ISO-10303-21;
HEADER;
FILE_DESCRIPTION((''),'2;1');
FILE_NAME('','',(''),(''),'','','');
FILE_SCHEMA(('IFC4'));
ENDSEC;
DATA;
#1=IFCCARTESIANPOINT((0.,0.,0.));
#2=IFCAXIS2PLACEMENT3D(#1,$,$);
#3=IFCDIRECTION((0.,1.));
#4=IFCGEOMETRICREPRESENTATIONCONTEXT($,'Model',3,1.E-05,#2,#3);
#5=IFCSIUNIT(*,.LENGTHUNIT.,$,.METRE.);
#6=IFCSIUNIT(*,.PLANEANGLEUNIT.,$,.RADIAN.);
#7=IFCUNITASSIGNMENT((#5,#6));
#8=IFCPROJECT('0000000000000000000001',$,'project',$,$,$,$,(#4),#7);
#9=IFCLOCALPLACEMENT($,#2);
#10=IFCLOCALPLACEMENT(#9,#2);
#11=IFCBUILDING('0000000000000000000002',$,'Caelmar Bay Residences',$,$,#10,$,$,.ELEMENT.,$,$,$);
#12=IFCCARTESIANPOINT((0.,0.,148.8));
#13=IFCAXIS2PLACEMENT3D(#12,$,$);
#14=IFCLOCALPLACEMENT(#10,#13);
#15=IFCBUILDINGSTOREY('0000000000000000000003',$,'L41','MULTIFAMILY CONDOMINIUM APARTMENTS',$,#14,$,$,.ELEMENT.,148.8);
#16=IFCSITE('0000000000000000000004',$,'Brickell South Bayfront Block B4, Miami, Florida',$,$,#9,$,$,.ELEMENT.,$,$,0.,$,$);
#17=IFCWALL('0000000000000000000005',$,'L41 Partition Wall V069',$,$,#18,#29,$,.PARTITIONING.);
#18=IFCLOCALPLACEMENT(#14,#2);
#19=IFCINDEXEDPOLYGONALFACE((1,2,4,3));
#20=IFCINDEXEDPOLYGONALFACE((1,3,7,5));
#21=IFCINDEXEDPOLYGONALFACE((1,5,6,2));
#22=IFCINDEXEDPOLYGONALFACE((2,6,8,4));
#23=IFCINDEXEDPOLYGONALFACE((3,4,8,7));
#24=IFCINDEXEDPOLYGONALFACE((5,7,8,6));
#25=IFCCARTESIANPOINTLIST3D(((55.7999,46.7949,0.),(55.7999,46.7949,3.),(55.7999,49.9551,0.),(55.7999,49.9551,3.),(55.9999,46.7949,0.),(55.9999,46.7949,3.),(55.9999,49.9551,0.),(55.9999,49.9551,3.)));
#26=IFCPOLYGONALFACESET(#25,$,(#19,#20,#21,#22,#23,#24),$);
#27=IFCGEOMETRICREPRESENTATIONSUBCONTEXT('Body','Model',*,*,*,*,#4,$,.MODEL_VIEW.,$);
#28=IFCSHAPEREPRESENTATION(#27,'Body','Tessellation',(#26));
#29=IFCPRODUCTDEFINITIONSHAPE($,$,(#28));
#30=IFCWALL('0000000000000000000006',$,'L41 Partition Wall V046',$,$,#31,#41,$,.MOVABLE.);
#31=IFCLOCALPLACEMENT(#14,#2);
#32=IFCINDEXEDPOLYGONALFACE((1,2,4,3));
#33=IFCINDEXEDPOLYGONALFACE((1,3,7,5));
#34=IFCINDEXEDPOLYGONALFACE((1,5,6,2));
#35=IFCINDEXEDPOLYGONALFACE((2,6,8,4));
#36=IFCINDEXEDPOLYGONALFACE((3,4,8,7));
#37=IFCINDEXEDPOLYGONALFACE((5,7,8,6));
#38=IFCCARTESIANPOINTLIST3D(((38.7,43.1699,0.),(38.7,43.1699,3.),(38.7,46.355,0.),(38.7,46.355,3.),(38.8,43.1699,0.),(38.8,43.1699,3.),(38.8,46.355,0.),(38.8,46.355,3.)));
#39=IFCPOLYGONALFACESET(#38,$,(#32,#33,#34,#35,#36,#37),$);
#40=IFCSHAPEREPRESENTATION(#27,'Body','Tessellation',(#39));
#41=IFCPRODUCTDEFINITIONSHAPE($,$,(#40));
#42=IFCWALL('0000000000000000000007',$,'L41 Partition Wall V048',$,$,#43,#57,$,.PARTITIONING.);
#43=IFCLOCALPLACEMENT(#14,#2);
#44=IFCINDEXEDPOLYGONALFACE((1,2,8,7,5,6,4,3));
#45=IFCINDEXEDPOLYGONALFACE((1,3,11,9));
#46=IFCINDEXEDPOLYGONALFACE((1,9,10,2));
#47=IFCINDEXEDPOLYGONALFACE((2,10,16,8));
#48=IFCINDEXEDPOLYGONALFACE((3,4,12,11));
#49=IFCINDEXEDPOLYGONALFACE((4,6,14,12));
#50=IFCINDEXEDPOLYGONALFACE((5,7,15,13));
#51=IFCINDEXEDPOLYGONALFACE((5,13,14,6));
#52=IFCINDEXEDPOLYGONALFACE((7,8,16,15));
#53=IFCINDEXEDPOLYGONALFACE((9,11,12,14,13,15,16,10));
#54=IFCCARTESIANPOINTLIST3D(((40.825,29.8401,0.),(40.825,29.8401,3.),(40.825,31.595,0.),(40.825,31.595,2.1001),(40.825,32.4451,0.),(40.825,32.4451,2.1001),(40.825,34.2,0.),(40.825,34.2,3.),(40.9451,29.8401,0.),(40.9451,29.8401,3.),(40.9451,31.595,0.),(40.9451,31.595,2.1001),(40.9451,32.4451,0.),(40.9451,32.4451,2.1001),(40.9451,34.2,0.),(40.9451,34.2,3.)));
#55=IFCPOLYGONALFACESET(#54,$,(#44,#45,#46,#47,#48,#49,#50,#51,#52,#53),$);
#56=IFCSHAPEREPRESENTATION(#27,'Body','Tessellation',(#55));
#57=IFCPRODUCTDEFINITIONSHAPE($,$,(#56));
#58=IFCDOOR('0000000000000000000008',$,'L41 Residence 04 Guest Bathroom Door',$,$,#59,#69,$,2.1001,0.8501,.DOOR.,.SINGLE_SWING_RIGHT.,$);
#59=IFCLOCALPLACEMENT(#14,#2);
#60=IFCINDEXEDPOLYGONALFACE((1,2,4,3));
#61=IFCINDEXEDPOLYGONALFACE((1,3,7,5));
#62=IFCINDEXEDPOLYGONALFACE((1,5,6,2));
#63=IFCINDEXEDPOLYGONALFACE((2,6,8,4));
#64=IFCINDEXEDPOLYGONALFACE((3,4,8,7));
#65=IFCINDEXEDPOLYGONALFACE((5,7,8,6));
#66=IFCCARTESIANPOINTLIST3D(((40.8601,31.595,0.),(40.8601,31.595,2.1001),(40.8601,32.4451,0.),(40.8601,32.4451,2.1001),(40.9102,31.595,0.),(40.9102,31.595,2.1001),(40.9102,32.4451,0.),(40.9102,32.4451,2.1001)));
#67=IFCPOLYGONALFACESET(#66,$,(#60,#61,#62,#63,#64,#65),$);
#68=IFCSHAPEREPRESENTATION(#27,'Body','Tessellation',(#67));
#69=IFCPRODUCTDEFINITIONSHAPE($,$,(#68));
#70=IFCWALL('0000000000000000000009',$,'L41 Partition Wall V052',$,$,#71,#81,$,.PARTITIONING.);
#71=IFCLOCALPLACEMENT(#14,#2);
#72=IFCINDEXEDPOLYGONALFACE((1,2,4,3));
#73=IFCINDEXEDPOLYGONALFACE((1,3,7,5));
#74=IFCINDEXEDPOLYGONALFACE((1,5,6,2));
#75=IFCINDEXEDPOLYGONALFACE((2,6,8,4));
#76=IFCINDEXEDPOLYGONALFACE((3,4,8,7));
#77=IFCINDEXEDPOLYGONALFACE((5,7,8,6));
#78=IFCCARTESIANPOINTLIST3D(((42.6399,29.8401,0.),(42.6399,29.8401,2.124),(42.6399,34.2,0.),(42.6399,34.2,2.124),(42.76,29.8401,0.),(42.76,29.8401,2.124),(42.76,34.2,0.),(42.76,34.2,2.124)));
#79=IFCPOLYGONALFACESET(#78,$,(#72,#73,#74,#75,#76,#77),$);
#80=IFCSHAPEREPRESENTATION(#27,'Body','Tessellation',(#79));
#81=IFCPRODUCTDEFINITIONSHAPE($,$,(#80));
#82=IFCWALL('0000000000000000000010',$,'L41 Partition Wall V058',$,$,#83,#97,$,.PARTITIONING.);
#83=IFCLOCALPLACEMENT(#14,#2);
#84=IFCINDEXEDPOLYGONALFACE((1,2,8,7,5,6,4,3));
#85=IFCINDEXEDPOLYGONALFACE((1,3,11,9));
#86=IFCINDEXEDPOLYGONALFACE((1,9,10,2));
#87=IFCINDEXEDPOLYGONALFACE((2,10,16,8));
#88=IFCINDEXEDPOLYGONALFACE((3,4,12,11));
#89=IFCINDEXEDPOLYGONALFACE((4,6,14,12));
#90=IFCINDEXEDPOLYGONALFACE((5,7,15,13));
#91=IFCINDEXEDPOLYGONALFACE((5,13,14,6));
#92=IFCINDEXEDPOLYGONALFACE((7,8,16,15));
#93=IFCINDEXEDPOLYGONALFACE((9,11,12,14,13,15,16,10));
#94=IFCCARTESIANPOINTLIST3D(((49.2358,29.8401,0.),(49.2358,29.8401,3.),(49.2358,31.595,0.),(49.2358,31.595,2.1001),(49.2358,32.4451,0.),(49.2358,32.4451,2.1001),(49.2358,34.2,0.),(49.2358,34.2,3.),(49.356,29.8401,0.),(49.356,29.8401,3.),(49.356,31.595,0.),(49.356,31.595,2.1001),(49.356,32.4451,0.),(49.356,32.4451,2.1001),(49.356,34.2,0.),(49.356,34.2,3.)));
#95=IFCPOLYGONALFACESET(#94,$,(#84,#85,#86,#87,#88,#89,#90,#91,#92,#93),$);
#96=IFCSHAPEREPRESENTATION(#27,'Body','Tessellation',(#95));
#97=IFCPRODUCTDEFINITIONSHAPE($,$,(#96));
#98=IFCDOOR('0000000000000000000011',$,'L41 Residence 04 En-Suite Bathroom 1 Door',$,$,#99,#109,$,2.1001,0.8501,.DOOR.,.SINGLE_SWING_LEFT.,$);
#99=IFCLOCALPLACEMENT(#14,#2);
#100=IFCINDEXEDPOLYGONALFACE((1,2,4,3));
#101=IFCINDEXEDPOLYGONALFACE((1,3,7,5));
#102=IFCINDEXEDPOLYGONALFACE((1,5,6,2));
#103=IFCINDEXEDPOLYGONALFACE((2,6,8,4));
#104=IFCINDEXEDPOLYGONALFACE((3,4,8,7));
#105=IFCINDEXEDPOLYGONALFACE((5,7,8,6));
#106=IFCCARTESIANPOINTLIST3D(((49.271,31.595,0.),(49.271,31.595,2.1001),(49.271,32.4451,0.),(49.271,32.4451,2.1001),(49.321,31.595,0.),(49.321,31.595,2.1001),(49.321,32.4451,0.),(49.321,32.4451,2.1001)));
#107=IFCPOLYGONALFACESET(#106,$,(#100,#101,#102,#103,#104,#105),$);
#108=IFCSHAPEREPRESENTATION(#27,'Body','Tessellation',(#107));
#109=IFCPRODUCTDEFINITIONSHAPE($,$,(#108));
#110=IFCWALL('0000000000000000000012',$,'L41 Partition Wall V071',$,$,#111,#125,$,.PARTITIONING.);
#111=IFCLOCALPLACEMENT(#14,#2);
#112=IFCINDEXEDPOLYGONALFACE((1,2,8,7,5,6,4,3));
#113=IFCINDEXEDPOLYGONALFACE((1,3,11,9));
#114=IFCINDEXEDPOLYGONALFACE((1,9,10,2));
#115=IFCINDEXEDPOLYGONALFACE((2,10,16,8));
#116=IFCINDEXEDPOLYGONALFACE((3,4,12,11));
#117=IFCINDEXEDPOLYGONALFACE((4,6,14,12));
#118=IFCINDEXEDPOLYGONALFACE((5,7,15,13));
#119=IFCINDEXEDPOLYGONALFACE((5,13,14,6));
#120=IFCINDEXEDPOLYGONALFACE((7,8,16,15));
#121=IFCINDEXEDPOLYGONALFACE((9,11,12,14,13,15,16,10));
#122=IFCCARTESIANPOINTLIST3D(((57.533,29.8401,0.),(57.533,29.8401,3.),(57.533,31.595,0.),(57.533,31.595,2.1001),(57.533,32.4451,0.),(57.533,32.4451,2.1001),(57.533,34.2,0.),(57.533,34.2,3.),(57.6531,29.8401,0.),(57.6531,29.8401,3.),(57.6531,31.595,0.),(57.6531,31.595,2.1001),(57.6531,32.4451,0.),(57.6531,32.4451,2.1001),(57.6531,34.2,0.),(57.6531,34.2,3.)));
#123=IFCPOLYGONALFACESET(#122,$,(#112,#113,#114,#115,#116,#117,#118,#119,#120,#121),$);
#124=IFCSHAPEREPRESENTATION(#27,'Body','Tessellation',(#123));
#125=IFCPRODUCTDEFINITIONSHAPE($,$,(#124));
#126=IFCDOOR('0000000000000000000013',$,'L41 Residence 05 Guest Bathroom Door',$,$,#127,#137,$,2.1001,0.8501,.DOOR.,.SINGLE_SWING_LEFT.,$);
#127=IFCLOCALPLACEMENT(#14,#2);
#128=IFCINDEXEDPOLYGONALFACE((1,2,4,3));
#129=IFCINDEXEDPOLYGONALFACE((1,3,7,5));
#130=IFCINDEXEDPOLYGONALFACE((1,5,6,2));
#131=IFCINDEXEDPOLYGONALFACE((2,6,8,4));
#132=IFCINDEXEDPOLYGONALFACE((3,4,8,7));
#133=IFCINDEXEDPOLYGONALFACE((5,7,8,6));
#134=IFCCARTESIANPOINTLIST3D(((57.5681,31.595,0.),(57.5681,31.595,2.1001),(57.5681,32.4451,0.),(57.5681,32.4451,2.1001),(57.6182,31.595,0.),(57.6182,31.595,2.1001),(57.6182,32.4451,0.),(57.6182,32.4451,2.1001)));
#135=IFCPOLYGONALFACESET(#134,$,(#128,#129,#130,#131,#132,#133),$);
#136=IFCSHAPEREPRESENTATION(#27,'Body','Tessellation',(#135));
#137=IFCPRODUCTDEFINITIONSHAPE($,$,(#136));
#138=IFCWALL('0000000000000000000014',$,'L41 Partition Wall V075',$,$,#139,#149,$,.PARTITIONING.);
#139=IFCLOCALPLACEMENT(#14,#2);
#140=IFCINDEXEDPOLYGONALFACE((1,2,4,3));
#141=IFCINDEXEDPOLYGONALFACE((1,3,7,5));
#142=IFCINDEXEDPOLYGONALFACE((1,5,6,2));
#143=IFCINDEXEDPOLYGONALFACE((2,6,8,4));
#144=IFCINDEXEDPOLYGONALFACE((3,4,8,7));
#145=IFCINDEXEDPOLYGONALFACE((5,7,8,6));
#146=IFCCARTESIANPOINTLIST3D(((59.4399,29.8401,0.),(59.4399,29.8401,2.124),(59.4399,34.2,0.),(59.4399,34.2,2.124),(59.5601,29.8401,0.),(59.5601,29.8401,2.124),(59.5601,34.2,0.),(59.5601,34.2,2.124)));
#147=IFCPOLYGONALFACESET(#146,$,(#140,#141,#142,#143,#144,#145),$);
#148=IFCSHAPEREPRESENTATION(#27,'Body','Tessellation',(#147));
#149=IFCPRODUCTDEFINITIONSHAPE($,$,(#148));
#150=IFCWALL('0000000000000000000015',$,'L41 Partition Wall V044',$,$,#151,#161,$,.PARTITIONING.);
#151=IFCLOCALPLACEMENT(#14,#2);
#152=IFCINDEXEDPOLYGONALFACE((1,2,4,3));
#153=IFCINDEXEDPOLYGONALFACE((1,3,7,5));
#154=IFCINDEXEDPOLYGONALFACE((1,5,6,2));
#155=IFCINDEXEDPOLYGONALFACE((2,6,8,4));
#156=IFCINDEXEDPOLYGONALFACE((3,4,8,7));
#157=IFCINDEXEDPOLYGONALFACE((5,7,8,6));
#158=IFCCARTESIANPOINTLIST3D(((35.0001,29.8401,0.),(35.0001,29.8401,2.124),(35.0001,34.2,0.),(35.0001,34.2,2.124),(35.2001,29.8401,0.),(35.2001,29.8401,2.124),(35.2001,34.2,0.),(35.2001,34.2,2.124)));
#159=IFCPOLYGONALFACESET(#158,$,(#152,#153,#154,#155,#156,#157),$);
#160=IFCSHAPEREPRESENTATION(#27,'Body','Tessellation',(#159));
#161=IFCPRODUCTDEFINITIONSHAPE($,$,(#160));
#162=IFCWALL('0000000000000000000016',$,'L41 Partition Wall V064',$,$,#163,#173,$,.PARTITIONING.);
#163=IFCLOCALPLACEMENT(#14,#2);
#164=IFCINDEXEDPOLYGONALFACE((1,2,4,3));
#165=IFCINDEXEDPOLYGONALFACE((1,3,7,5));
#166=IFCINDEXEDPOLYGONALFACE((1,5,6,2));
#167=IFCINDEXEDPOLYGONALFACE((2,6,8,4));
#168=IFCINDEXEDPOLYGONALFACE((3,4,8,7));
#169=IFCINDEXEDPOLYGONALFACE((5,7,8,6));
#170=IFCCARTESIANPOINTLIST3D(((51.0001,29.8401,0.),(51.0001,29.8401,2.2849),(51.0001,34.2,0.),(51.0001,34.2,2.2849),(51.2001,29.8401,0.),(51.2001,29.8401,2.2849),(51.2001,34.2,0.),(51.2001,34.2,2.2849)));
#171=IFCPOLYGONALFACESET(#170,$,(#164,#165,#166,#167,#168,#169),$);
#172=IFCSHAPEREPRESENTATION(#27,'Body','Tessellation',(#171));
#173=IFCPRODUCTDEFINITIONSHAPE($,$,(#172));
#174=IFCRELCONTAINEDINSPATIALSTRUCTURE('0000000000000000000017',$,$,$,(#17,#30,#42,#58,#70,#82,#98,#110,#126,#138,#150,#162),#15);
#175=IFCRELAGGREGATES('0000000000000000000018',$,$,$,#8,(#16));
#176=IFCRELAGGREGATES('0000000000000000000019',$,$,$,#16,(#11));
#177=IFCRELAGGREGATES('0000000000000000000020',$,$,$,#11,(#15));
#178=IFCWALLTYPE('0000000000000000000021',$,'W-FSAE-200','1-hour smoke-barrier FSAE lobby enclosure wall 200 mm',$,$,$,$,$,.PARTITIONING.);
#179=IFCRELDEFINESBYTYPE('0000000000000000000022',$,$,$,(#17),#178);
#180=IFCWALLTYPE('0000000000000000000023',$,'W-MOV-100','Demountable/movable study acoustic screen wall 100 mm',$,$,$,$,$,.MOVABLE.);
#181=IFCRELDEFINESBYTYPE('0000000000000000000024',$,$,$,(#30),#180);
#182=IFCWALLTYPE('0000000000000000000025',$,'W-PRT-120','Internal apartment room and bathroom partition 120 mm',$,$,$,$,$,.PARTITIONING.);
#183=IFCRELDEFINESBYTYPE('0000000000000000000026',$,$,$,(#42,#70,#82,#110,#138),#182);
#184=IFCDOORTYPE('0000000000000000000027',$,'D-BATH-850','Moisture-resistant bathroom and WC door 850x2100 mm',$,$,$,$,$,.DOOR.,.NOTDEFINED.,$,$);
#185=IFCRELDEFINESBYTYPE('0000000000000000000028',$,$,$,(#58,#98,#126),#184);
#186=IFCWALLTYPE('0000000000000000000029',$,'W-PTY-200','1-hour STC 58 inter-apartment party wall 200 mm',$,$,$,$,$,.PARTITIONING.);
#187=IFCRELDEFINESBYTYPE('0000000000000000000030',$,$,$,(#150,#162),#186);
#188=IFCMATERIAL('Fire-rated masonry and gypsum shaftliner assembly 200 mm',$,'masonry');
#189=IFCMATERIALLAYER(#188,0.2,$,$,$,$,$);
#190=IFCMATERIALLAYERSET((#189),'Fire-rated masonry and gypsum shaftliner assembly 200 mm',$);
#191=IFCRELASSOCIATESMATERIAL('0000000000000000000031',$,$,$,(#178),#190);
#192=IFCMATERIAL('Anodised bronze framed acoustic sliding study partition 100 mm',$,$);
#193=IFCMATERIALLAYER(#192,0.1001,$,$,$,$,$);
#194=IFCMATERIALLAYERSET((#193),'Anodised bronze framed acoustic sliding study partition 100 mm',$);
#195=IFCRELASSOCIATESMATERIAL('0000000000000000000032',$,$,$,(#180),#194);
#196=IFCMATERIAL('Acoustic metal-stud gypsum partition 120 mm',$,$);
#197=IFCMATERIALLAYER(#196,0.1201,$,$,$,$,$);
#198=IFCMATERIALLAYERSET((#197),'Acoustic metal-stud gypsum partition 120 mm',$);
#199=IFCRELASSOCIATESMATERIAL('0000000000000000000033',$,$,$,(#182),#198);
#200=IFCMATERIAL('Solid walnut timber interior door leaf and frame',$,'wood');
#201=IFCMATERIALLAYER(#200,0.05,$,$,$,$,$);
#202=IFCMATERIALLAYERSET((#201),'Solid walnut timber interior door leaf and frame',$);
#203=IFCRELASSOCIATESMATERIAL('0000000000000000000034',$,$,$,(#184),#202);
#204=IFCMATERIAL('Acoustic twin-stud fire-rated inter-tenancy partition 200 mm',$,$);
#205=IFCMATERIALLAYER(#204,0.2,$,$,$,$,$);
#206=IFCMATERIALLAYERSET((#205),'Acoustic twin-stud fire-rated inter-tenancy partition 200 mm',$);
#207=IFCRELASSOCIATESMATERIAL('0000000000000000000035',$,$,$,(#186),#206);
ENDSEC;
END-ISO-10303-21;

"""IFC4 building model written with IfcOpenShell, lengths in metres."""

from ifc_helpers import new_model, si_unit, direction, frame, frame_2d, origin, place, context, subcontext, project, spatial, rectangle, extrude, material, layer, layer_set, type_object, element, fill, save


model = new_model("IFC4")

# Units and contexts
model_context = context("Model", 3, precision=1e-05, world=origin(), true_north=direction((0.0, 1.0)))
body_context = subcontext(model_context, "Body", "Model", "MODEL_VIEW")
ifc_project = project(units=[si_unit("LENGTHUNIT", "METRE"), si_unit("PLANEANGLEUNIT", "RADIAN")], contexts=[model_context])

# Site, building, storey
site_placement = place(None, origin())
site = spatial("IfcSite", under=ifc_project, at=site_placement, Name="Brickell South Bayfront Block B4, Miami, Florida", CompositionType="ELEMENT", RefElevation=0.0)
building_placement = place(site_placement, origin())
building = spatial("IfcBuilding", under=site, at=building_placement, Name="Caelmar Bay Residences", CompositionType="ELEMENT")
storey_placement = place(building_placement, frame((0.0, 0.0, 148.8)))
storey = spatial("IfcBuildingStorey", under=building, at=storey_placement, Name="L41", Description="MULTIFAMILY CONDOMINIUM APARTMENTS", CompositionType="ELEMENT", Elevation=148.8)

# Walls
ifc_material_1 = material(Name="Fire-rated masonry and gypsum shaftliner assembly 200 mm", Category="masonry")
ifc_layer_1 = layer(ifc_material_1, 0.2)
ifc_layer_set_1 = layer_set([ifc_layer_1], Name="Fire-rated masonry and gypsum shaftliner assembly 200 mm")
wall_type_1 = type_object("IfcWallType", Name="W-FSAE-200", Description="1-hour smoke-barrier FSAE lobby enclosure wall 200 mm", PredefinedType="PARTITIONING", material=ifc_layer_set_1)
wall_1_placement = place(storey_placement, frame((55.8999, 46.7949, 0.0), z_axis=(0.0, 0.0, 1.0), x_axis=(0.0, 1.0, 0.0)))
element("IfcWall", 1, at=wall_1_placement, inside=storey, type_object=wall_type_1, Name="L41 Partition Wall V069", PredefinedType="PARTITIONING", context=body_context, shape_type="SweptSolid", body=[
    extrude(rectangle(XDim=3.1602, YDim=0.2, at=frame_2d((1.5801, 0.0))), origin(), (0.0, 0.0, 1.0), 3.0),
])
ifc_material_2 = material(Name="Anodised bronze framed acoustic sliding study partition 100 mm")
ifc_layer_2 = layer(ifc_material_2, 0.1001)
ifc_layer_set_2 = layer_set([ifc_layer_2], Name="Anodised bronze framed acoustic sliding study partition 100 mm")
wall_type_2 = type_object("IfcWallType", Name="W-MOV-100", Description="Demountable/movable study acoustic screen wall 100 mm", PredefinedType="MOVABLE", material=ifc_layer_set_2)
wall_2_placement = place(storey_placement, frame((38.75, 43.1699, 0.0), z_axis=(0.0, 0.0, 1.0), x_axis=(0.0, 1.0, 0.0)))
element("IfcWall", 2, at=wall_2_placement, inside=storey, type_object=wall_type_2, Name="L41 Partition Wall V046", PredefinedType="MOVABLE", context=body_context, shape_type="SweptSolid", body=[
    extrude(rectangle(XDim=3.1851, YDim=0.1001, at=frame_2d((1.5925, 0.0))), origin(), (0.0, 0.0, 1.0), 3.0),
])

# Wall, opening, door
ifc_material_3 = material(Name="Acoustic metal-stud gypsum partition 120 mm")
ifc_layer_3 = layer(ifc_material_3, 0.1201)
ifc_layer_set_3 = layer_set([ifc_layer_3], Name="Acoustic metal-stud gypsum partition 120 mm")
wall_type_3 = type_object("IfcWallType", Name="W-PRT-120", Description="Internal apartment room and bathroom partition 120 mm", PredefinedType="PARTITIONING", material=ifc_layer_set_3)
wall_3_placement = place(storey_placement, frame((40.885, 29.8401, 0.0), z_axis=(0.0, 0.0, 1.0), x_axis=(0.0, 1.0, 0.0)))
wall_3 = element("IfcWall", 3, at=wall_3_placement, inside=storey, type_object=wall_type_3, Name="L41 Partition Wall V048", PredefinedType="PARTITIONING", context=body_context, shape_type="SweptSolid", body=[
    extrude(rectangle(XDim=4.3599, YDim=0.1201, at=frame_2d((2.1799, 0.0))), origin(), (0.0, 0.0, 1.0), 3.0),
])
opening_1_placement = place(wall_3_placement, frame((1.7549, 0.0, 0.0)))
opening_1 = element("IfcOpeningElement", 4, at=opening_1_placement, cuts=wall_3, PredefinedType="OPENING", context=body_context, shape_type="SweptSolid", body=[
    extrude(rectangle(XDim=0.8501, YDim=2.1001, at=frame_2d((0.425, 1.05))), frame((0.0, 0.0701, 0.0), z_axis=(0.0, -1.0, 0.0), x_axis=(1.0, 0.0, 0.0)), (0.0, 0.0, 1.0), 0.1401),
])
ifc_material_4 = material(Name="Solid walnut timber interior door leaf and frame", Category="wood")
ifc_layer_4 = layer(ifc_material_4, 0.05)
ifc_layer_set_4 = layer_set([ifc_layer_4], Name="Solid walnut timber interior door leaf and frame")
door_type_1 = type_object("IfcDoorType", Name="D-BATH-850", Description="Moisture-resistant bathroom and WC door 850x2100 mm", OperationType="NOTDEFINED", PredefinedType="DOOR", material=ifc_layer_set_4)
door_1_placement = place(opening_1_placement, origin())
door_1 = element("IfcDoor", 5, at=door_1_placement, inside=storey, type_object=door_type_1, Name="L41 Residence 04 Guest Bathroom Door", OperationType="SINGLE_SWING_RIGHT", OverallHeight=2.1001, OverallWidth=0.8501, PredefinedType="DOOR", context=body_context, shape_type="SweptSolid", body=[
    extrude(rectangle(XDim=0.8501, YDim=2.1001, at=frame_2d((0.425, 1.05))), frame((0.0, 0.0249, 0.0), z_axis=(0.0, -1.0, 0.0), x_axis=(1.0, 0.0, 0.0)), (0.0, 0.0, 1.0), 0.05),
])
fill(opening_1, door_1)

# Wall
wall_4_placement = place(storey_placement, frame((42.7, 29.8401, 0.0), z_axis=(0.0, 0.0, 1.0), x_axis=(0.0, 1.0, 0.0)))
element("IfcWall", 6, at=wall_4_placement, inside=storey, type_object=wall_type_3, Name="L41 Partition Wall V052", PredefinedType="PARTITIONING", context=body_context, shape_type="SweptSolid", body=[
    extrude(rectangle(XDim=4.3599, YDim=0.1201, at=frame_2d((2.1799, 0.0))), origin(), (0.0, 0.0, 1.0), 2.124),
])

# Walls, openings, doors
wall_5_placement = place(storey_placement, frame((49.2959, 29.8401, 0.0), z_axis=(0.0, 0.0, 1.0), x_axis=(0.0, 1.0, 0.0)))
wall_5 = element("IfcWall", 7, at=wall_5_placement, inside=storey, type_object=wall_type_3, Name="L41 Partition Wall V058", PredefinedType="PARTITIONING", context=body_context, shape_type="SweptSolid", body=[
    extrude(rectangle(XDim=4.3599, YDim=0.1201, at=frame_2d((2.1799, 0.0))), origin(), (0.0, 0.0, 1.0), 3.0),
])
opening_2_placement = place(wall_5_placement, frame((1.7549, 0.0, 0.0)))
opening_2 = element("IfcOpeningElement", 8, at=opening_2_placement, cuts=wall_5, PredefinedType="OPENING", context=body_context, shape_type="SweptSolid", body=[
    extrude(rectangle(XDim=0.8501, YDim=2.1001, at=frame_2d((0.425, 1.05))), frame((0.0, 0.0701, 0.0), z_axis=(0.0, -1.0, 0.0), x_axis=(1.0, 0.0, 0.0)), (0.0, 0.0, 1.0), 0.1401),
])
door_2_placement = place(opening_2_placement, origin())
door_2 = element("IfcDoor", 9, at=door_2_placement, inside=storey, type_object=door_type_1, Name="L41 Residence 04 En-Suite Bathroom 1 Door", OperationType="SINGLE_SWING_LEFT", OverallHeight=2.1001, OverallWidth=0.8501, PredefinedType="DOOR", context=body_context, shape_type="SweptSolid", body=[
    extrude(rectangle(XDim=0.8501, YDim=2.1001, at=frame_2d((0.425, 1.05))), frame((0.0, 0.0249, 0.0), z_axis=(0.0, -1.0, 0.0), x_axis=(1.0, 0.0, 0.0)), (0.0, 0.0, 1.0), 0.05),
])
fill(opening_2, door_2)
wall_6_placement = place(storey_placement, frame((57.593, 29.8401, 0.0), z_axis=(0.0, 0.0, 1.0), x_axis=(0.0, 1.0, 0.0)))
wall_6 = element("IfcWall", 10, at=wall_6_placement, inside=storey, type_object=wall_type_3, Name="L41 Partition Wall V071", PredefinedType="PARTITIONING", context=body_context, shape_type="SweptSolid", body=[
    extrude(rectangle(XDim=4.3599, YDim=0.1201, at=frame_2d((2.1799, 0.0))), origin(), (0.0, 0.0, 1.0), 3.0),
])
opening_3_placement = place(wall_6_placement, frame((1.7549, 0.0, 0.0)))
opening_3 = element("IfcOpeningElement", 11, at=opening_3_placement, cuts=wall_6, PredefinedType="OPENING", context=body_context, shape_type="SweptSolid", body=[
    extrude(rectangle(XDim=0.8501, YDim=2.1001, at=frame_2d((0.425, 1.05))), frame((0.0, 0.0701, 0.0), z_axis=(0.0, -1.0, 0.0), x_axis=(1.0, 0.0, 0.0)), (0.0, 0.0, 1.0), 0.1401),
])
door_3_placement = place(opening_3_placement, origin())
door_3 = element("IfcDoor", 12, at=door_3_placement, inside=storey, type_object=door_type_1, Name="L41 Residence 05 Guest Bathroom Door", OperationType="SINGLE_SWING_LEFT", OverallHeight=2.1001, OverallWidth=0.8501, PredefinedType="DOOR", context=body_context, shape_type="SweptSolid", body=[
    extrude(rectangle(XDim=0.8501, YDim=2.1001, at=frame_2d((0.425, 1.05))), frame((0.0, 0.0249, 0.0), z_axis=(0.0, -1.0, 0.0), x_axis=(1.0, 0.0, 0.0)), (0.0, 0.0, 1.0), 0.05),
])
fill(opening_3, door_3)

# Walls
wall_7_placement = place(storey_placement, frame((59.5, 29.8401, 0.0), z_axis=(0.0, 0.0, 1.0), x_axis=(0.0, 1.0, 0.0)))
element("IfcWall", 13, at=wall_7_placement, inside=storey, type_object=wall_type_3, Name="L41 Partition Wall V075", PredefinedType="PARTITIONING", context=body_context, shape_type="SweptSolid", body=[
    extrude(rectangle(XDim=4.3599, YDim=0.1201, at=frame_2d((2.1799, 0.0))), origin(), (0.0, 0.0, 1.0), 2.124),
])
ifc_material_5 = material(Name="Acoustic twin-stud fire-rated inter-tenancy partition 200 mm")
ifc_layer_5 = layer(ifc_material_5, 0.2)
ifc_layer_set_5 = layer_set([ifc_layer_5], Name="Acoustic twin-stud fire-rated inter-tenancy partition 200 mm")
wall_type_4 = type_object("IfcWallType", Name="W-PTY-200", Description="1-hour STC 58 inter-apartment party wall 200 mm", PredefinedType="PARTITIONING", material=ifc_layer_set_5)
wall_8_placement = place(storey_placement, frame((35.1001, 29.8401, 0.0), z_axis=(0.0, 0.0, 1.0), x_axis=(0.0, 1.0, 0.0)))
element("IfcWall", 14, at=wall_8_placement, inside=storey, type_object=wall_type_4, Name="L41 Partition Wall V044", PredefinedType="PARTITIONING", context=body_context, shape_type="SweptSolid", body=[
    extrude(rectangle(XDim=4.3599, YDim=0.2, at=frame_2d((2.1799, 0.0))), origin(), (0.0, 0.0, 1.0), 2.124),
])
wall_9_placement = place(storey_placement, frame((51.1001, 29.8401, 0.0), z_axis=(0.0, 0.0, 1.0), x_axis=(0.0, 1.0, 0.0)))
element("IfcWall", 15, at=wall_9_placement, inside=storey, type_object=wall_type_4, Name="L41 Partition Wall V064", PredefinedType="PARTITIONING", context=body_context, shape_type="SweptSolid", body=[
    extrude(rectangle(XDim=4.3599, YDim=0.2, at=frame_2d((2.1799, 0.0))), origin(), (0.0, 0.0, 1.0), 2.2849),
])

save(model, "model.ifc")
